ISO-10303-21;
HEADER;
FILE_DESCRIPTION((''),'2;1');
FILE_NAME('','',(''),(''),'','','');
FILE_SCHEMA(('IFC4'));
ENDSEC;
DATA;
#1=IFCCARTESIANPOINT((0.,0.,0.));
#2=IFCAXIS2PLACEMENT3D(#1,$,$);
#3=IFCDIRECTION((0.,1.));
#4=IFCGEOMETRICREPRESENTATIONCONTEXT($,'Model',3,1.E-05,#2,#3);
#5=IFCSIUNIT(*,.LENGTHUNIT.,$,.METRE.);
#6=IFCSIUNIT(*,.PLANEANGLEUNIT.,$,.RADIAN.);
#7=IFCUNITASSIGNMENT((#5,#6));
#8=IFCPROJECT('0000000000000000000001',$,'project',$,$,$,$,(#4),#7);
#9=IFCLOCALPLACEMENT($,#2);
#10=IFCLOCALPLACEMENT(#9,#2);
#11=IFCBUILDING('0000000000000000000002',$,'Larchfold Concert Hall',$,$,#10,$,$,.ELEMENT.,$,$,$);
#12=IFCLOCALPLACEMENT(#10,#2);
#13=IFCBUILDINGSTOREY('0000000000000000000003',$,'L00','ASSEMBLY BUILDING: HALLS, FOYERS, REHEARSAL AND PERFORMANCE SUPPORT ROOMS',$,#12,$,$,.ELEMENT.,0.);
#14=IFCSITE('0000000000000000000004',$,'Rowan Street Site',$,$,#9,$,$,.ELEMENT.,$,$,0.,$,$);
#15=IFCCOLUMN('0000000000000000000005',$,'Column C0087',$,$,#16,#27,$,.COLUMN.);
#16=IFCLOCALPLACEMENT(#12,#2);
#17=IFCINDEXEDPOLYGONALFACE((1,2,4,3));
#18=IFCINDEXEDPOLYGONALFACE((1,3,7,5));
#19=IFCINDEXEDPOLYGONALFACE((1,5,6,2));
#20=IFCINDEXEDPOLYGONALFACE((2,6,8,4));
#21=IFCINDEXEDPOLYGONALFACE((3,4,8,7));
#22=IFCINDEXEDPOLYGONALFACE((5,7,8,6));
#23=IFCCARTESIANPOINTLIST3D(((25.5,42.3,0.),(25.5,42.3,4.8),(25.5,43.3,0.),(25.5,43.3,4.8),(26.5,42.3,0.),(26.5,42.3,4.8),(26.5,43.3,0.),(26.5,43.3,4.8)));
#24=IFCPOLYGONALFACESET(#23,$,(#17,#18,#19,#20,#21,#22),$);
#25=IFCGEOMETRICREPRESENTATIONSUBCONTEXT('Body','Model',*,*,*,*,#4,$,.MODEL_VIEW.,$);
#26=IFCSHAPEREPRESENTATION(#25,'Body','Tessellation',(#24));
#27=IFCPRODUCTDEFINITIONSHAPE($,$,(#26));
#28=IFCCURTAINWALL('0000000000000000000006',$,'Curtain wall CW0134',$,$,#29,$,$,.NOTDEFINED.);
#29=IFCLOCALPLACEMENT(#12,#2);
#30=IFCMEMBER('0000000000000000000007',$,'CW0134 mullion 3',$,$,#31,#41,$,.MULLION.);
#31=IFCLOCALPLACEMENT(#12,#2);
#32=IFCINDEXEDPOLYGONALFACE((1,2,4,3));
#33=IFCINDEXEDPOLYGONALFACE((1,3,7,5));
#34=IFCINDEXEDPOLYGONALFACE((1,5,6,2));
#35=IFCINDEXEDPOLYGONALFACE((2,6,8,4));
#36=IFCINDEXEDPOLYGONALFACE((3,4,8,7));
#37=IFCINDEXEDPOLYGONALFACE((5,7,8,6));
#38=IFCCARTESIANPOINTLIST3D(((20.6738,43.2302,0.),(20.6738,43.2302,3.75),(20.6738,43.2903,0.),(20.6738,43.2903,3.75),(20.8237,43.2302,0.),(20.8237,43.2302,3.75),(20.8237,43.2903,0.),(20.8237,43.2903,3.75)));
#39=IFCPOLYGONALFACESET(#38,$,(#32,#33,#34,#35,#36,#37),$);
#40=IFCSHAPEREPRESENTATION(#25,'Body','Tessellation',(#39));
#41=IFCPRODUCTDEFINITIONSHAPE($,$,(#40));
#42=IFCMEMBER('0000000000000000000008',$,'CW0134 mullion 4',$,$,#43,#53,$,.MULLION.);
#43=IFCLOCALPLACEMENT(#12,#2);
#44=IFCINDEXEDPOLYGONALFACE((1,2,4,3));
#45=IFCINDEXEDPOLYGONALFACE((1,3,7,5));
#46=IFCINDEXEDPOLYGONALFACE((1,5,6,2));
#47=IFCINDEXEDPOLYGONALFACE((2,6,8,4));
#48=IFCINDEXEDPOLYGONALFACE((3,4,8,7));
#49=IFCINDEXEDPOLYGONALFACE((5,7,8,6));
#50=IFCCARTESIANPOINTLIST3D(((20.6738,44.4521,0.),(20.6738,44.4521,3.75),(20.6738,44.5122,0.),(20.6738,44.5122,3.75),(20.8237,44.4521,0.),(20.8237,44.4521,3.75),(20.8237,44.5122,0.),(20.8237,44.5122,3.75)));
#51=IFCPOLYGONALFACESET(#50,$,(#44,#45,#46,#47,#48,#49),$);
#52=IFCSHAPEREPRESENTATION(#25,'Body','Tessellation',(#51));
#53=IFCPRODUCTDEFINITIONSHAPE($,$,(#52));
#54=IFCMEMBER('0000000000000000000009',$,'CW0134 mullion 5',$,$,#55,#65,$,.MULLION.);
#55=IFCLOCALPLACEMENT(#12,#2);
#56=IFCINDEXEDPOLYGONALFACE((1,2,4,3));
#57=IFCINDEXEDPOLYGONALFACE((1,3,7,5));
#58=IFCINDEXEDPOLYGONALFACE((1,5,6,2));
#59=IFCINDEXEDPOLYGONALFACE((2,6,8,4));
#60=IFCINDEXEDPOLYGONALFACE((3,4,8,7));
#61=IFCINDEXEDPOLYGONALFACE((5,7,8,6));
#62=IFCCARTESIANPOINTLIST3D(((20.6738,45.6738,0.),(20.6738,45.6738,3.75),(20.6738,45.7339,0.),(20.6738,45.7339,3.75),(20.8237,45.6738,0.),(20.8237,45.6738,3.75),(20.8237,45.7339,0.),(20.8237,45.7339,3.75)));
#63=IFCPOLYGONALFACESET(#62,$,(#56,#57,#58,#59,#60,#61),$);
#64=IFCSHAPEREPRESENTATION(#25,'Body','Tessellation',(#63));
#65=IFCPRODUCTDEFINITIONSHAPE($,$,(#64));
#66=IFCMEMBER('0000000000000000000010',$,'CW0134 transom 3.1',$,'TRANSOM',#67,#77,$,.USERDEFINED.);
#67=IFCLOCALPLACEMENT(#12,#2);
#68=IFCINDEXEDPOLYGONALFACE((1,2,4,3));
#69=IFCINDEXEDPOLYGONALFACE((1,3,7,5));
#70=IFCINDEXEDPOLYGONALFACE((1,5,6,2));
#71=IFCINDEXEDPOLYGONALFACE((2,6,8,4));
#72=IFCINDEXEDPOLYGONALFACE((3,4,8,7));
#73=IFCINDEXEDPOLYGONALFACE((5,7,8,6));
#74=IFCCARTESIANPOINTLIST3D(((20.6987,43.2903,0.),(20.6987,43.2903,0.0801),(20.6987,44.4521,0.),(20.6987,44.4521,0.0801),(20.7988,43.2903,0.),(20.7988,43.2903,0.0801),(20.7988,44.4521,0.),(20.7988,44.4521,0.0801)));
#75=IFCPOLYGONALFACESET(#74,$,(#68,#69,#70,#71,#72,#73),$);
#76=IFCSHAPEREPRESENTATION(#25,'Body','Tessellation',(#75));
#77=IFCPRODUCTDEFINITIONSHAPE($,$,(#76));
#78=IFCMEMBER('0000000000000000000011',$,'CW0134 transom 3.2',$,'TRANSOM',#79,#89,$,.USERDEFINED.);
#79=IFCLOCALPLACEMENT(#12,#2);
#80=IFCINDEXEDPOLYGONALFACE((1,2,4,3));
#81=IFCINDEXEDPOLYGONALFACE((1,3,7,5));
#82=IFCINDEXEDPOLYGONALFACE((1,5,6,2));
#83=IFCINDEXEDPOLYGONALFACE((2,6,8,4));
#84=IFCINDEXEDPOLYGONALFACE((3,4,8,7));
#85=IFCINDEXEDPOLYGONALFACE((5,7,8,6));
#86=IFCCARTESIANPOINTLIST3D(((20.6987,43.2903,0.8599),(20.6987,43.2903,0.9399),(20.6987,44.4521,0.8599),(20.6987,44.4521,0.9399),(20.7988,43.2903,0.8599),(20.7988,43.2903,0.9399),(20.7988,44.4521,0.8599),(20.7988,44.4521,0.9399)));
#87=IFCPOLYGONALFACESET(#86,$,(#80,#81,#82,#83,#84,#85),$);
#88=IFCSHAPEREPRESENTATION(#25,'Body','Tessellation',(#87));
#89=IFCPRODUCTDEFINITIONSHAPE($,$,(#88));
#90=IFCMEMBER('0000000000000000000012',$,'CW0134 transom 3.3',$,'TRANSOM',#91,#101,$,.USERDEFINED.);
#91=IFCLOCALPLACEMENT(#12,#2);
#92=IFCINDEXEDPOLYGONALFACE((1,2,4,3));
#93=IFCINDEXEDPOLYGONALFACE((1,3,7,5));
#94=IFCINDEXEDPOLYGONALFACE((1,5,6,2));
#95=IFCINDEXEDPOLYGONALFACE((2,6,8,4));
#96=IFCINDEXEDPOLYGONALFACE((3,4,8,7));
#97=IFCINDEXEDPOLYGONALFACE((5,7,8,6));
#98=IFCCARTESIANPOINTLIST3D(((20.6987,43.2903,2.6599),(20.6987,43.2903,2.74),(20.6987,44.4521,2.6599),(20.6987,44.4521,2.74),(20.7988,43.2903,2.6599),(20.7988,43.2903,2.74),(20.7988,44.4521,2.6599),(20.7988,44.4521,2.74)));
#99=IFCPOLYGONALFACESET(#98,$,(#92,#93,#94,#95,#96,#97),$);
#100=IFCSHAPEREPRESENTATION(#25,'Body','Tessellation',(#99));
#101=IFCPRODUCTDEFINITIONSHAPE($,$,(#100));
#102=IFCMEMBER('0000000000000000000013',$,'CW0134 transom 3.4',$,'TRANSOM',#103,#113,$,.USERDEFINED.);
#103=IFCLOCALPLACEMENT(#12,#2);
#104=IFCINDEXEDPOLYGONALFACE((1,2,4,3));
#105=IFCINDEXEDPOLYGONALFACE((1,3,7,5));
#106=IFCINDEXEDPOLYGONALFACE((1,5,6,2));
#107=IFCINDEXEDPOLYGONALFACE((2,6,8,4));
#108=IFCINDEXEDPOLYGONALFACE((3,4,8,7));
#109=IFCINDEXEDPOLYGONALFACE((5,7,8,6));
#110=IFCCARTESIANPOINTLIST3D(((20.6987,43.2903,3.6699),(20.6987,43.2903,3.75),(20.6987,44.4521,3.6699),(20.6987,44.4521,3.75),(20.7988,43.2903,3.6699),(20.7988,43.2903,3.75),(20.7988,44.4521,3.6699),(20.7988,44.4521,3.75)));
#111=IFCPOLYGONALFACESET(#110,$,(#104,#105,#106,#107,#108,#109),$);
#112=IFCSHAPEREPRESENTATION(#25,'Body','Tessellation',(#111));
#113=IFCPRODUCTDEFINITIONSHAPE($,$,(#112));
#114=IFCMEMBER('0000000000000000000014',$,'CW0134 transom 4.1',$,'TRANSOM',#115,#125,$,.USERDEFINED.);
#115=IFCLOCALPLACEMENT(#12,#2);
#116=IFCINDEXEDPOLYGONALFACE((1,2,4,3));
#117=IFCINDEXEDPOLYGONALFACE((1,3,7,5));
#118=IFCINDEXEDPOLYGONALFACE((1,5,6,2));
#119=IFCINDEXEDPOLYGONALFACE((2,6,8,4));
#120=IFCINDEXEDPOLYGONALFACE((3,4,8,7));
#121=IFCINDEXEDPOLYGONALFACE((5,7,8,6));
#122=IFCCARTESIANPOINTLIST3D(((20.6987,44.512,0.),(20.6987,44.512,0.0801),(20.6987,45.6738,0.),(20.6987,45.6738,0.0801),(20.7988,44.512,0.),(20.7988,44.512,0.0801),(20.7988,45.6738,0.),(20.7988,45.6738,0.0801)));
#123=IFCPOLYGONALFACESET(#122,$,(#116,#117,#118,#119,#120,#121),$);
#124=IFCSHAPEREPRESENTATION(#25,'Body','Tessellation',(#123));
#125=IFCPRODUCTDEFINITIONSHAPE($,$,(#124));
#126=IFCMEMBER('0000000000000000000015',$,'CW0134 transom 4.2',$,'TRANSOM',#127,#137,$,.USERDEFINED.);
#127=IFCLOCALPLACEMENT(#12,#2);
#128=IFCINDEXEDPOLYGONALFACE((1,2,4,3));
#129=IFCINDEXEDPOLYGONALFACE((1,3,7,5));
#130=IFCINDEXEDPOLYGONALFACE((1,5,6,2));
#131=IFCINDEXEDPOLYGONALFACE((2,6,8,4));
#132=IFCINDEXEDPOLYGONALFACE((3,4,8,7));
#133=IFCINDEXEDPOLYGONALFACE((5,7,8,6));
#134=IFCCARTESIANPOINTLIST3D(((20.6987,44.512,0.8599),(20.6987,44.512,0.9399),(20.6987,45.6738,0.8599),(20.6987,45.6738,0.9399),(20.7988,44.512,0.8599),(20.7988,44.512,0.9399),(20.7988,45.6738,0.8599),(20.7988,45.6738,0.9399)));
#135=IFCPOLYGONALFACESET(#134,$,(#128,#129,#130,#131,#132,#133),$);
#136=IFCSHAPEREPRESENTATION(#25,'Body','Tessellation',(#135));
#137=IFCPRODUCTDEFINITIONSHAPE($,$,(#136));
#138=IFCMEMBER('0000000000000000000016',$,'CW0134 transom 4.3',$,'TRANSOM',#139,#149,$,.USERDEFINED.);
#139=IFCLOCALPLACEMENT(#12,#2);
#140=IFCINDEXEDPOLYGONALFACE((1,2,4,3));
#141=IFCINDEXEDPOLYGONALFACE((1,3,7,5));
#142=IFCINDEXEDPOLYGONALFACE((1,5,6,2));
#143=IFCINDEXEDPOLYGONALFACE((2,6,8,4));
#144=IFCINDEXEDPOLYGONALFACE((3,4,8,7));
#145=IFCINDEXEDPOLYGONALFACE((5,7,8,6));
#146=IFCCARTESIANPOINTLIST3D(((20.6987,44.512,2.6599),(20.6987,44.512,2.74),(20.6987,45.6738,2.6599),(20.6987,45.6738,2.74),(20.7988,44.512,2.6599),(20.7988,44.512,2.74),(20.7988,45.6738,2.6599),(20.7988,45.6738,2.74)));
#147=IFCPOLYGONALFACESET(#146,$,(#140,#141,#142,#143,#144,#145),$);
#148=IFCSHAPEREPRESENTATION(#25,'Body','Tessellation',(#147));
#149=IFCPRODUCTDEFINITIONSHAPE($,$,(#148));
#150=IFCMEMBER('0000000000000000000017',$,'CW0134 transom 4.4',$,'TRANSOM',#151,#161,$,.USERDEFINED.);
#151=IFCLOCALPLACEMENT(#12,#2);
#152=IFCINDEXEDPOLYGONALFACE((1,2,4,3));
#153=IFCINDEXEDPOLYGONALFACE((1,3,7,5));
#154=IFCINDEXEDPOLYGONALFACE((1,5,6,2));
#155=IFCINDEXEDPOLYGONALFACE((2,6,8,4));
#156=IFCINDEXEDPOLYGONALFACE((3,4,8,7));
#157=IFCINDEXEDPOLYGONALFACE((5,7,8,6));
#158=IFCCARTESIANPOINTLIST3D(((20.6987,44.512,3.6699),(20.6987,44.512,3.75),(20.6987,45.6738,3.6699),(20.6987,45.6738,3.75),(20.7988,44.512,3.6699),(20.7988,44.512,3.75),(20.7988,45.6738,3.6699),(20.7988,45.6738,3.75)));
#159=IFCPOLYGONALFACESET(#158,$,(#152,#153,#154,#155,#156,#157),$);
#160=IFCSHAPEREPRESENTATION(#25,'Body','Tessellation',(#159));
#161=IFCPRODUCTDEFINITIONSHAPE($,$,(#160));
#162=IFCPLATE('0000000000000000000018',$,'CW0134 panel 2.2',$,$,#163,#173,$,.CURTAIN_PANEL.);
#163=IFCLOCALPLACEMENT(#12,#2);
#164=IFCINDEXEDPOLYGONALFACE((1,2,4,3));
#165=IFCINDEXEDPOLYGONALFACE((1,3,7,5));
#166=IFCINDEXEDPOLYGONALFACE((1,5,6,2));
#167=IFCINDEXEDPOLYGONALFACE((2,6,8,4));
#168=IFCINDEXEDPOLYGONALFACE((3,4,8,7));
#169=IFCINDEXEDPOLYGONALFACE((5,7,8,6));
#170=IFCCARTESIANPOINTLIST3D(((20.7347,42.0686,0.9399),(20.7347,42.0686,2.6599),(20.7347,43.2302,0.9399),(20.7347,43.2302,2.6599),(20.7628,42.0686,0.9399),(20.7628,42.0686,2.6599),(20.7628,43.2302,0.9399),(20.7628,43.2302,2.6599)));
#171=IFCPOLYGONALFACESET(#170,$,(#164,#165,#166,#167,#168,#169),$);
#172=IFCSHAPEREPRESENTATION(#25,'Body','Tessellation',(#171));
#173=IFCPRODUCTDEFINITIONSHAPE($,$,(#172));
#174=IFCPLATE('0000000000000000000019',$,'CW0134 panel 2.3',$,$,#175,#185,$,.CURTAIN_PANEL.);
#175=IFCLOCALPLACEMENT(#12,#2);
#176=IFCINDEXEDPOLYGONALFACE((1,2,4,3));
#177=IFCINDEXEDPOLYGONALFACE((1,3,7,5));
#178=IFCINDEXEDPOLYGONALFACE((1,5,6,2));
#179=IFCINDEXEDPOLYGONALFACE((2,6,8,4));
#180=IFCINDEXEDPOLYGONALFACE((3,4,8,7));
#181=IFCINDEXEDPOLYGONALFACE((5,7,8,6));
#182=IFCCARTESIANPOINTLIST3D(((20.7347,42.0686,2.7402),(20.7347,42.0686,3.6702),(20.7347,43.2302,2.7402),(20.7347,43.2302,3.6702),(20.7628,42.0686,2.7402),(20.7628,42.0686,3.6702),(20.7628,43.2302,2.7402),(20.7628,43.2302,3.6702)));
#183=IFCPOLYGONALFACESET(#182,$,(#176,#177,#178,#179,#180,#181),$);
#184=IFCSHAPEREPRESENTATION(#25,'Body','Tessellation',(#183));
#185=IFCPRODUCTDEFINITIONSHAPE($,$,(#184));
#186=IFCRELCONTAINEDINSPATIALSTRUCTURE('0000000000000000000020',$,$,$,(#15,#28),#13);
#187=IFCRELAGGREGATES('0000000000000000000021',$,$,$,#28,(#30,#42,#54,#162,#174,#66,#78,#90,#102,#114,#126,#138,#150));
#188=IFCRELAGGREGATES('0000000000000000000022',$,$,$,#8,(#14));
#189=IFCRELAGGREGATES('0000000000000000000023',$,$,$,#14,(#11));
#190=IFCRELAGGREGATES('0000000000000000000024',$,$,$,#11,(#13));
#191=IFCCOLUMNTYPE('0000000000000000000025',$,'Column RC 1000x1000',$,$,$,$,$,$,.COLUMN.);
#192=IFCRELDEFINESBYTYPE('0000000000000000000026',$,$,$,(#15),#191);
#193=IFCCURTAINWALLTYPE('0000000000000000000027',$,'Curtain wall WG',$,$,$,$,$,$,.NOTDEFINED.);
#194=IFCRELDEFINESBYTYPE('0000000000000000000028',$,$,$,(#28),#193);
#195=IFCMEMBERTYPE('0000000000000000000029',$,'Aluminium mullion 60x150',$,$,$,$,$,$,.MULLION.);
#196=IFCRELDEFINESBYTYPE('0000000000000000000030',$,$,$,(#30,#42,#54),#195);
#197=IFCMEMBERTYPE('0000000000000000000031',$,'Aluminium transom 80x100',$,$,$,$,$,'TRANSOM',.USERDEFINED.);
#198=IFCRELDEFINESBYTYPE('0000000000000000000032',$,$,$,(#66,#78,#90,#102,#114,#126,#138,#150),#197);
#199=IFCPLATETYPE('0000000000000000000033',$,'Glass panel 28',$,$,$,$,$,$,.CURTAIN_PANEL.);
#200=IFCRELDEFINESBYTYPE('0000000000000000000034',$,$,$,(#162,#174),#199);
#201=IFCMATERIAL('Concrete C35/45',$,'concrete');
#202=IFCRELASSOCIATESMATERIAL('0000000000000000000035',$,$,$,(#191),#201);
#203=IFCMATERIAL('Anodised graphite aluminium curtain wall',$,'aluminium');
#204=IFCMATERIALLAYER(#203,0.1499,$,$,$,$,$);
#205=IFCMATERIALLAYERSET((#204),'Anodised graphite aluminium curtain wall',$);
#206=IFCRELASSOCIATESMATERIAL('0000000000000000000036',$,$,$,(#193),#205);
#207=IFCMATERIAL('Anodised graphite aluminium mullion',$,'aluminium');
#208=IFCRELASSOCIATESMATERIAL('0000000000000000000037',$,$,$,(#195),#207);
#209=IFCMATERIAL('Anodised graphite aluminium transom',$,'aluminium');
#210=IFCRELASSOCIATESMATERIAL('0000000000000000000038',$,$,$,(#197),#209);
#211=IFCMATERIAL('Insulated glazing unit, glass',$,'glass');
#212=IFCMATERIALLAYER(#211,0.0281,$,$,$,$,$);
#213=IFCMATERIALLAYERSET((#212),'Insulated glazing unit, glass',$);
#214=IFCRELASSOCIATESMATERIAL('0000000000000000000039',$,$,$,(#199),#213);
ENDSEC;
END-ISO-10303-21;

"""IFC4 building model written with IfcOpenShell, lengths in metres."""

from ifc_helpers import new_model, si_unit, direction, frame, origin, origin_2d, place, context, subcontext, project, spatial, rectangle, extrude, material, layer, layer_set, material_profile, profile_set, type_object, element, aggregate, save


model = new_model("IFC4")

# Units and contexts
model_context = context("Model", 3, precision=1e-05, world=origin(), true_north=direction((0.0, 1.0)))
body_context = subcontext(model_context, "Body", "Model", "MODEL_VIEW")
ifc_project = project(units=[si_unit("LENGTHUNIT", "METRE"), si_unit("PLANEANGLEUNIT", "RADIAN")], contexts=[model_context])

# Site, building, storey
site_placement = place(None, origin())
site = spatial("IfcSite", under=ifc_project, at=site_placement, Name="Rowan Street Site", CompositionType="ELEMENT", RefElevation=0.0)
building_placement = place(site_placement, origin())
building = spatial("IfcBuilding", under=site, at=building_placement, Name="Larchfold Concert Hall", CompositionType="ELEMENT")
storey_placement = place(building_placement, origin())
storey = spatial("IfcBuildingStorey", under=building, at=storey_placement, Name="L00", Description="ASSEMBLY BUILDING: HALLS, FOYERS, REHEARSAL AND PERFORMANCE SUPPORT ROOMS", CompositionType="ELEMENT", Elevation=0.0)

# Column
ifc_material_1 = material(Name="Concrete C35/45", Category="concrete")
ifc_material_profile_1 = material_profile(ifc_material_1, rectangle(XDim=1.0, YDim=1.0, at=origin_2d()))
ifc_profile_set_1 = profile_set([ifc_material_profile_1], Name="Concrete C35/45")
column_type = type_object("IfcColumnType", Name="Column RC 1000x1000", PredefinedType="COLUMN", material=ifc_profile_set_1)
column_placement = place(storey_placement, frame((26.0, 42.8, 0.0), z_axis=(0.0, 0.0, 1.0), x_axis=(1.0, 0.0, 0.0)))
element("IfcColumn", 1, at=column_placement, inside=storey, type_object=column_type, Name="Column C0087", PredefinedType="COLUMN", context=body_context, shape_type="SweptSolid", body=[
    extrude(rectangle(XDim=1.0, YDim=1.0, at=origin_2d()), origin(), (0.0, 0.0, 1.0), 4.8),
])

# Curtain wall, members, plates
ifc_material_2 = material(Name="Anodised graphite aluminium curtain wall", Category="aluminium")
ifc_layer_1 = layer(ifc_material_2, 0.1499)
ifc_layer_set_1 = layer_set([ifc_layer_1], Name="Anodised graphite aluminium curtain wall")
curtain_wall_type = type_object("IfcCurtainWallType", Name="Curtain wall WG", PredefinedType="NOTDEFINED", material=ifc_layer_set_1)
curtain_wall_placement = place(storey_placement, origin())
curtain_wall = element("IfcCurtainWall", 2, at=curtain_wall_placement, inside=storey, type_object=curtain_wall_type, Name="Curtain wall CW0134", PredefinedType="NOTDEFINED")
ifc_material_3 = material(Name="Anodised graphite aluminium mullion", Category="aluminium")
ifc_material_profile_2 = material_profile(ifc_material_3, rectangle(XDim=0.1499, YDim=0.0601, at=origin_2d()))
ifc_profile_set_2 = profile_set([ifc_material_profile_2], Name="Anodised graphite aluminium mullion")
member_type_1 = type_object("IfcMemberType", Name="Aluminium mullion 60x150", PredefinedType="MULLION", material=ifc_profile_set_2)
member_1_placement = place(storey_placement, frame((20.7488, 43.2603, 0.0), z_axis=(0.0, 0.0, 1.0), x_axis=(-1.0, 0.0, 0.0)))
member_1 = element("IfcMember", 3, at=member_1_placement, type_object=member_type_1, Name="CW0134 mullion 3", PredefinedType="MULLION", context=body_context, shape_type="SweptSolid", body=[
    extrude(rectangle(XDim=0.1499, YDim=0.0601, at=origin_2d()), origin(), (0.0, 0.0, 1.0), 3.75),
])
member_2_placement = place(storey_placement, frame((20.7488, 44.4822, 0.0), z_axis=(0.0, 0.0, 1.0), x_axis=(-1.0, 0.0, 0.0)))
member_2 = element("IfcMember", 4, at=member_2_placement, type_object=member_type_1, Name="CW0134 mullion 4", PredefinedType="MULLION", context=body_context, shape_type="SweptSolid", body=[
    extrude(rectangle(XDim=0.1499, YDim=0.0601, at=origin_2d()), origin(), (0.0, 0.0, 1.0), 3.75),
])
member_3_placement = place(storey_placement, frame((20.7488, 45.7039, 0.0), z_axis=(0.0, 0.0, 1.0), x_axis=(-1.0, 0.0, 0.0)))
member_3 = element("IfcMember", 5, at=member_3_placement, type_object=member_type_1, Name="CW0134 mullion 5", PredefinedType="MULLION", context=body_context, shape_type="SweptSolid", body=[
    extrude(rectangle(XDim=0.1499, YDim=0.0601, at=origin_2d()), origin(), (0.0, 0.0, 1.0), 3.75),
])
ifc_material_4 = material(Name="Anodised graphite aluminium transom", Category="aluminium")
ifc_material_profile_3 = material_profile(ifc_material_4, rectangle(XDim=0.1001, YDim=0.0801, at=origin_2d()))
ifc_profile_set_3 = profile_set([ifc_material_profile_3], Name="Anodised graphite aluminium transom")
member_type_2 = type_object("IfcMemberType", Name="Aluminium transom 80x100", ElementType="TRANSOM", PredefinedType="USERDEFINED", material=ifc_profile_set_3)
member_4_placement = place(storey_placement, frame((20.7488, 43.2903, 0.04), z_axis=(0.0, 1.0, 0.0), x_axis=(-1.0, 0.0, 0.0)))
member_4 = element("IfcMember", 6, at=member_4_placement, type_object=member_type_2, Name="CW0134 transom 3.1", ObjectType="TRANSOM", PredefinedType="USERDEFINED", context=body_context, shape_type="SweptSolid", body=[
    extrude(rectangle(XDim=0.1001, YDim=0.0801, at=origin_2d()), origin(), (0.0, 0.0, 1.0), 1.1619),
])
member_5_placement = place(storey_placement, frame((20.7488, 43.2903, 0.8999), z_axis=(0.0, 1.0, 0.0), x_axis=(-1.0, 0.0, 0.0)))
member_5 = element("IfcMember", 7, at=member_5_placement, type_object=member_type_2, Name="CW0134 transom 3.2", ObjectType="TRANSOM", PredefinedType="USERDEFINED", context=body_context, shape_type="SweptSolid", body=[
    extrude(rectangle(XDim=0.1001, YDim=0.0801, at=origin_2d()), origin(), (0.0, 0.0, 1.0), 1.1619),
])
member_6_placement = place(storey_placement, frame((20.7488, 43.2903, 2.7), z_axis=(0.0, 1.0, 0.0), x_axis=(-1.0, 0.0, 0.0)))
member_6 = element("IfcMember", 8, at=member_6_placement, type_object=member_type_2, Name="CW0134 transom 3.3", ObjectType="TRANSOM", PredefinedType="USERDEFINED", context=body_context, shape_type="SweptSolid", body=[
    extrude(rectangle(XDim=0.1001, YDim=0.0801, at=origin_2d()), origin(), (0.0, 0.0, 1.0), 1.1619),
])
member_7_placement = place(storey_placement, frame((20.7488, 43.2903, 3.71), z_axis=(0.0, 1.0, 0.0), x_axis=(-1.0, 0.0, 0.0)))
member_7 = element("IfcMember", 9, at=member_7_placement, type_object=member_type_2, Name="CW0134 transom 3.4", ObjectType="TRANSOM", PredefinedType="USERDEFINED", context=body_context, shape_type="SweptSolid", body=[
    extrude(rectangle(XDim=0.1001, YDim=0.0801, at=origin_2d()), origin(), (0.0, 0.0, 1.0), 1.1619),
])
member_8_placement = place(storey_placement, frame((20.7488, 44.512, 0.04), z_axis=(0.0, 1.0, 0.0), x_axis=(-1.0, 0.0, 0.0)))
member_8 = element("IfcMember", 10, at=member_8_placement, type_object=member_type_2, Name="CW0134 transom 4.1", ObjectType="TRANSOM", PredefinedType="USERDEFINED", context=body_context, shape_type="SweptSolid", body=[
    extrude(rectangle(XDim=0.1001, YDim=0.0801, at=origin_2d()), origin(), (0.0, 0.0, 1.0), 1.1619),
])
member_9_placement = place(storey_placement, frame((20.7488, 44.512, 0.8999), z_axis=(0.0, 1.0, 0.0), x_axis=(-1.0, 0.0, 0.0)))
member_9 = element("IfcMember", 11, at=member_9_placement, type_object=member_type_2, Name="CW0134 transom 4.2", ObjectType="TRANSOM", PredefinedType="USERDEFINED", context=body_context, shape_type="SweptSolid", body=[
    extrude(rectangle(XDim=0.1001, YDim=0.0801, at=origin_2d()), origin(), (0.0, 0.0, 1.0), 1.1619),
])
member_10_placement = place(storey_placement, frame((20.7488, 44.512, 2.7), z_axis=(0.0, 1.0, 0.0), x_axis=(-1.0, 0.0, 0.0)))
member_10 = element("IfcMember", 12, at=member_10_placement, type_object=member_type_2, Name="CW0134 transom 4.3", ObjectType="TRANSOM", PredefinedType="USERDEFINED", context=body_context, shape_type="SweptSolid", body=[
    extrude(rectangle(XDim=0.1001, YDim=0.0801, at=origin_2d()), origin(), (0.0, 0.0, 1.0), 1.1619),
])
member_11_placement = place(storey_placement, frame((20.7488, 44.512, 3.71), z_axis=(0.0, 1.0, 0.0), x_axis=(-1.0, 0.0, 0.0)))
member_11 = element("IfcMember", 13, at=member_11_placement, type_object=member_type_2, Name="CW0134 transom 4.4", ObjectType="TRANSOM", PredefinedType="USERDEFINED", context=body_context, shape_type="SweptSolid", body=[
    extrude(rectangle(XDim=0.1001, YDim=0.0801, at=origin_2d()), origin(), (0.0, 0.0, 1.0), 1.1619),
])
ifc_material_5 = material(Name="Insulated glazing unit, glass", Category="glass")
ifc_layer_2 = layer(ifc_material_5, 0.0281)
ifc_layer_set_2 = layer_set([ifc_layer_2], Name="Insulated glazing unit, glass")
plate_type_1 = type_object("IfcPlateType", Name="Glass panel 28", PredefinedType="CURTAIN_PANEL", material=ifc_layer_set_2)
plate_1_placement = place(storey_placement, frame((20.7488, 42.6494, 0.9399), z_axis=(0.0, 0.0, 1.0), x_axis=(0.0, 1.0, 0.0)))
plate_1 = element("IfcPlate", 14, at=plate_1_placement, type_object=plate_type_1, Name="CW0134 panel 2.2", PredefinedType="CURTAIN_PANEL", context=body_context, shape_type="SweptSolid", body=[
    extrude(rectangle(XDim=1.1616, YDim=0.0281, at=origin_2d()), origin(), (0.0, 0.0, 1.0), 1.72),
])
plate_2_placement = place(storey_placement, frame((20.7488, 42.6494, 2.7402), z_axis=(0.0, 0.0, 1.0), x_axis=(0.0, 1.0, 0.0)))
plate_2 = element("IfcPlate", 15, at=plate_2_placement, type_object=plate_type_1, Name="CW0134 panel 2.3", PredefinedType="CURTAIN_PANEL", context=body_context, shape_type="SweptSolid", body=[
    extrude(rectangle(XDim=1.1616, YDim=0.0281, at=origin_2d()), origin(), (0.0, 0.0, 1.0), 0.9299),
])
aggregate(curtain_wall, [member_1, member_2, member_3, plate_1, plate_2, member_4, member_5, member_6, member_7, member_8, member_9, member_10, member_11])

save(model, "model.ifc")
